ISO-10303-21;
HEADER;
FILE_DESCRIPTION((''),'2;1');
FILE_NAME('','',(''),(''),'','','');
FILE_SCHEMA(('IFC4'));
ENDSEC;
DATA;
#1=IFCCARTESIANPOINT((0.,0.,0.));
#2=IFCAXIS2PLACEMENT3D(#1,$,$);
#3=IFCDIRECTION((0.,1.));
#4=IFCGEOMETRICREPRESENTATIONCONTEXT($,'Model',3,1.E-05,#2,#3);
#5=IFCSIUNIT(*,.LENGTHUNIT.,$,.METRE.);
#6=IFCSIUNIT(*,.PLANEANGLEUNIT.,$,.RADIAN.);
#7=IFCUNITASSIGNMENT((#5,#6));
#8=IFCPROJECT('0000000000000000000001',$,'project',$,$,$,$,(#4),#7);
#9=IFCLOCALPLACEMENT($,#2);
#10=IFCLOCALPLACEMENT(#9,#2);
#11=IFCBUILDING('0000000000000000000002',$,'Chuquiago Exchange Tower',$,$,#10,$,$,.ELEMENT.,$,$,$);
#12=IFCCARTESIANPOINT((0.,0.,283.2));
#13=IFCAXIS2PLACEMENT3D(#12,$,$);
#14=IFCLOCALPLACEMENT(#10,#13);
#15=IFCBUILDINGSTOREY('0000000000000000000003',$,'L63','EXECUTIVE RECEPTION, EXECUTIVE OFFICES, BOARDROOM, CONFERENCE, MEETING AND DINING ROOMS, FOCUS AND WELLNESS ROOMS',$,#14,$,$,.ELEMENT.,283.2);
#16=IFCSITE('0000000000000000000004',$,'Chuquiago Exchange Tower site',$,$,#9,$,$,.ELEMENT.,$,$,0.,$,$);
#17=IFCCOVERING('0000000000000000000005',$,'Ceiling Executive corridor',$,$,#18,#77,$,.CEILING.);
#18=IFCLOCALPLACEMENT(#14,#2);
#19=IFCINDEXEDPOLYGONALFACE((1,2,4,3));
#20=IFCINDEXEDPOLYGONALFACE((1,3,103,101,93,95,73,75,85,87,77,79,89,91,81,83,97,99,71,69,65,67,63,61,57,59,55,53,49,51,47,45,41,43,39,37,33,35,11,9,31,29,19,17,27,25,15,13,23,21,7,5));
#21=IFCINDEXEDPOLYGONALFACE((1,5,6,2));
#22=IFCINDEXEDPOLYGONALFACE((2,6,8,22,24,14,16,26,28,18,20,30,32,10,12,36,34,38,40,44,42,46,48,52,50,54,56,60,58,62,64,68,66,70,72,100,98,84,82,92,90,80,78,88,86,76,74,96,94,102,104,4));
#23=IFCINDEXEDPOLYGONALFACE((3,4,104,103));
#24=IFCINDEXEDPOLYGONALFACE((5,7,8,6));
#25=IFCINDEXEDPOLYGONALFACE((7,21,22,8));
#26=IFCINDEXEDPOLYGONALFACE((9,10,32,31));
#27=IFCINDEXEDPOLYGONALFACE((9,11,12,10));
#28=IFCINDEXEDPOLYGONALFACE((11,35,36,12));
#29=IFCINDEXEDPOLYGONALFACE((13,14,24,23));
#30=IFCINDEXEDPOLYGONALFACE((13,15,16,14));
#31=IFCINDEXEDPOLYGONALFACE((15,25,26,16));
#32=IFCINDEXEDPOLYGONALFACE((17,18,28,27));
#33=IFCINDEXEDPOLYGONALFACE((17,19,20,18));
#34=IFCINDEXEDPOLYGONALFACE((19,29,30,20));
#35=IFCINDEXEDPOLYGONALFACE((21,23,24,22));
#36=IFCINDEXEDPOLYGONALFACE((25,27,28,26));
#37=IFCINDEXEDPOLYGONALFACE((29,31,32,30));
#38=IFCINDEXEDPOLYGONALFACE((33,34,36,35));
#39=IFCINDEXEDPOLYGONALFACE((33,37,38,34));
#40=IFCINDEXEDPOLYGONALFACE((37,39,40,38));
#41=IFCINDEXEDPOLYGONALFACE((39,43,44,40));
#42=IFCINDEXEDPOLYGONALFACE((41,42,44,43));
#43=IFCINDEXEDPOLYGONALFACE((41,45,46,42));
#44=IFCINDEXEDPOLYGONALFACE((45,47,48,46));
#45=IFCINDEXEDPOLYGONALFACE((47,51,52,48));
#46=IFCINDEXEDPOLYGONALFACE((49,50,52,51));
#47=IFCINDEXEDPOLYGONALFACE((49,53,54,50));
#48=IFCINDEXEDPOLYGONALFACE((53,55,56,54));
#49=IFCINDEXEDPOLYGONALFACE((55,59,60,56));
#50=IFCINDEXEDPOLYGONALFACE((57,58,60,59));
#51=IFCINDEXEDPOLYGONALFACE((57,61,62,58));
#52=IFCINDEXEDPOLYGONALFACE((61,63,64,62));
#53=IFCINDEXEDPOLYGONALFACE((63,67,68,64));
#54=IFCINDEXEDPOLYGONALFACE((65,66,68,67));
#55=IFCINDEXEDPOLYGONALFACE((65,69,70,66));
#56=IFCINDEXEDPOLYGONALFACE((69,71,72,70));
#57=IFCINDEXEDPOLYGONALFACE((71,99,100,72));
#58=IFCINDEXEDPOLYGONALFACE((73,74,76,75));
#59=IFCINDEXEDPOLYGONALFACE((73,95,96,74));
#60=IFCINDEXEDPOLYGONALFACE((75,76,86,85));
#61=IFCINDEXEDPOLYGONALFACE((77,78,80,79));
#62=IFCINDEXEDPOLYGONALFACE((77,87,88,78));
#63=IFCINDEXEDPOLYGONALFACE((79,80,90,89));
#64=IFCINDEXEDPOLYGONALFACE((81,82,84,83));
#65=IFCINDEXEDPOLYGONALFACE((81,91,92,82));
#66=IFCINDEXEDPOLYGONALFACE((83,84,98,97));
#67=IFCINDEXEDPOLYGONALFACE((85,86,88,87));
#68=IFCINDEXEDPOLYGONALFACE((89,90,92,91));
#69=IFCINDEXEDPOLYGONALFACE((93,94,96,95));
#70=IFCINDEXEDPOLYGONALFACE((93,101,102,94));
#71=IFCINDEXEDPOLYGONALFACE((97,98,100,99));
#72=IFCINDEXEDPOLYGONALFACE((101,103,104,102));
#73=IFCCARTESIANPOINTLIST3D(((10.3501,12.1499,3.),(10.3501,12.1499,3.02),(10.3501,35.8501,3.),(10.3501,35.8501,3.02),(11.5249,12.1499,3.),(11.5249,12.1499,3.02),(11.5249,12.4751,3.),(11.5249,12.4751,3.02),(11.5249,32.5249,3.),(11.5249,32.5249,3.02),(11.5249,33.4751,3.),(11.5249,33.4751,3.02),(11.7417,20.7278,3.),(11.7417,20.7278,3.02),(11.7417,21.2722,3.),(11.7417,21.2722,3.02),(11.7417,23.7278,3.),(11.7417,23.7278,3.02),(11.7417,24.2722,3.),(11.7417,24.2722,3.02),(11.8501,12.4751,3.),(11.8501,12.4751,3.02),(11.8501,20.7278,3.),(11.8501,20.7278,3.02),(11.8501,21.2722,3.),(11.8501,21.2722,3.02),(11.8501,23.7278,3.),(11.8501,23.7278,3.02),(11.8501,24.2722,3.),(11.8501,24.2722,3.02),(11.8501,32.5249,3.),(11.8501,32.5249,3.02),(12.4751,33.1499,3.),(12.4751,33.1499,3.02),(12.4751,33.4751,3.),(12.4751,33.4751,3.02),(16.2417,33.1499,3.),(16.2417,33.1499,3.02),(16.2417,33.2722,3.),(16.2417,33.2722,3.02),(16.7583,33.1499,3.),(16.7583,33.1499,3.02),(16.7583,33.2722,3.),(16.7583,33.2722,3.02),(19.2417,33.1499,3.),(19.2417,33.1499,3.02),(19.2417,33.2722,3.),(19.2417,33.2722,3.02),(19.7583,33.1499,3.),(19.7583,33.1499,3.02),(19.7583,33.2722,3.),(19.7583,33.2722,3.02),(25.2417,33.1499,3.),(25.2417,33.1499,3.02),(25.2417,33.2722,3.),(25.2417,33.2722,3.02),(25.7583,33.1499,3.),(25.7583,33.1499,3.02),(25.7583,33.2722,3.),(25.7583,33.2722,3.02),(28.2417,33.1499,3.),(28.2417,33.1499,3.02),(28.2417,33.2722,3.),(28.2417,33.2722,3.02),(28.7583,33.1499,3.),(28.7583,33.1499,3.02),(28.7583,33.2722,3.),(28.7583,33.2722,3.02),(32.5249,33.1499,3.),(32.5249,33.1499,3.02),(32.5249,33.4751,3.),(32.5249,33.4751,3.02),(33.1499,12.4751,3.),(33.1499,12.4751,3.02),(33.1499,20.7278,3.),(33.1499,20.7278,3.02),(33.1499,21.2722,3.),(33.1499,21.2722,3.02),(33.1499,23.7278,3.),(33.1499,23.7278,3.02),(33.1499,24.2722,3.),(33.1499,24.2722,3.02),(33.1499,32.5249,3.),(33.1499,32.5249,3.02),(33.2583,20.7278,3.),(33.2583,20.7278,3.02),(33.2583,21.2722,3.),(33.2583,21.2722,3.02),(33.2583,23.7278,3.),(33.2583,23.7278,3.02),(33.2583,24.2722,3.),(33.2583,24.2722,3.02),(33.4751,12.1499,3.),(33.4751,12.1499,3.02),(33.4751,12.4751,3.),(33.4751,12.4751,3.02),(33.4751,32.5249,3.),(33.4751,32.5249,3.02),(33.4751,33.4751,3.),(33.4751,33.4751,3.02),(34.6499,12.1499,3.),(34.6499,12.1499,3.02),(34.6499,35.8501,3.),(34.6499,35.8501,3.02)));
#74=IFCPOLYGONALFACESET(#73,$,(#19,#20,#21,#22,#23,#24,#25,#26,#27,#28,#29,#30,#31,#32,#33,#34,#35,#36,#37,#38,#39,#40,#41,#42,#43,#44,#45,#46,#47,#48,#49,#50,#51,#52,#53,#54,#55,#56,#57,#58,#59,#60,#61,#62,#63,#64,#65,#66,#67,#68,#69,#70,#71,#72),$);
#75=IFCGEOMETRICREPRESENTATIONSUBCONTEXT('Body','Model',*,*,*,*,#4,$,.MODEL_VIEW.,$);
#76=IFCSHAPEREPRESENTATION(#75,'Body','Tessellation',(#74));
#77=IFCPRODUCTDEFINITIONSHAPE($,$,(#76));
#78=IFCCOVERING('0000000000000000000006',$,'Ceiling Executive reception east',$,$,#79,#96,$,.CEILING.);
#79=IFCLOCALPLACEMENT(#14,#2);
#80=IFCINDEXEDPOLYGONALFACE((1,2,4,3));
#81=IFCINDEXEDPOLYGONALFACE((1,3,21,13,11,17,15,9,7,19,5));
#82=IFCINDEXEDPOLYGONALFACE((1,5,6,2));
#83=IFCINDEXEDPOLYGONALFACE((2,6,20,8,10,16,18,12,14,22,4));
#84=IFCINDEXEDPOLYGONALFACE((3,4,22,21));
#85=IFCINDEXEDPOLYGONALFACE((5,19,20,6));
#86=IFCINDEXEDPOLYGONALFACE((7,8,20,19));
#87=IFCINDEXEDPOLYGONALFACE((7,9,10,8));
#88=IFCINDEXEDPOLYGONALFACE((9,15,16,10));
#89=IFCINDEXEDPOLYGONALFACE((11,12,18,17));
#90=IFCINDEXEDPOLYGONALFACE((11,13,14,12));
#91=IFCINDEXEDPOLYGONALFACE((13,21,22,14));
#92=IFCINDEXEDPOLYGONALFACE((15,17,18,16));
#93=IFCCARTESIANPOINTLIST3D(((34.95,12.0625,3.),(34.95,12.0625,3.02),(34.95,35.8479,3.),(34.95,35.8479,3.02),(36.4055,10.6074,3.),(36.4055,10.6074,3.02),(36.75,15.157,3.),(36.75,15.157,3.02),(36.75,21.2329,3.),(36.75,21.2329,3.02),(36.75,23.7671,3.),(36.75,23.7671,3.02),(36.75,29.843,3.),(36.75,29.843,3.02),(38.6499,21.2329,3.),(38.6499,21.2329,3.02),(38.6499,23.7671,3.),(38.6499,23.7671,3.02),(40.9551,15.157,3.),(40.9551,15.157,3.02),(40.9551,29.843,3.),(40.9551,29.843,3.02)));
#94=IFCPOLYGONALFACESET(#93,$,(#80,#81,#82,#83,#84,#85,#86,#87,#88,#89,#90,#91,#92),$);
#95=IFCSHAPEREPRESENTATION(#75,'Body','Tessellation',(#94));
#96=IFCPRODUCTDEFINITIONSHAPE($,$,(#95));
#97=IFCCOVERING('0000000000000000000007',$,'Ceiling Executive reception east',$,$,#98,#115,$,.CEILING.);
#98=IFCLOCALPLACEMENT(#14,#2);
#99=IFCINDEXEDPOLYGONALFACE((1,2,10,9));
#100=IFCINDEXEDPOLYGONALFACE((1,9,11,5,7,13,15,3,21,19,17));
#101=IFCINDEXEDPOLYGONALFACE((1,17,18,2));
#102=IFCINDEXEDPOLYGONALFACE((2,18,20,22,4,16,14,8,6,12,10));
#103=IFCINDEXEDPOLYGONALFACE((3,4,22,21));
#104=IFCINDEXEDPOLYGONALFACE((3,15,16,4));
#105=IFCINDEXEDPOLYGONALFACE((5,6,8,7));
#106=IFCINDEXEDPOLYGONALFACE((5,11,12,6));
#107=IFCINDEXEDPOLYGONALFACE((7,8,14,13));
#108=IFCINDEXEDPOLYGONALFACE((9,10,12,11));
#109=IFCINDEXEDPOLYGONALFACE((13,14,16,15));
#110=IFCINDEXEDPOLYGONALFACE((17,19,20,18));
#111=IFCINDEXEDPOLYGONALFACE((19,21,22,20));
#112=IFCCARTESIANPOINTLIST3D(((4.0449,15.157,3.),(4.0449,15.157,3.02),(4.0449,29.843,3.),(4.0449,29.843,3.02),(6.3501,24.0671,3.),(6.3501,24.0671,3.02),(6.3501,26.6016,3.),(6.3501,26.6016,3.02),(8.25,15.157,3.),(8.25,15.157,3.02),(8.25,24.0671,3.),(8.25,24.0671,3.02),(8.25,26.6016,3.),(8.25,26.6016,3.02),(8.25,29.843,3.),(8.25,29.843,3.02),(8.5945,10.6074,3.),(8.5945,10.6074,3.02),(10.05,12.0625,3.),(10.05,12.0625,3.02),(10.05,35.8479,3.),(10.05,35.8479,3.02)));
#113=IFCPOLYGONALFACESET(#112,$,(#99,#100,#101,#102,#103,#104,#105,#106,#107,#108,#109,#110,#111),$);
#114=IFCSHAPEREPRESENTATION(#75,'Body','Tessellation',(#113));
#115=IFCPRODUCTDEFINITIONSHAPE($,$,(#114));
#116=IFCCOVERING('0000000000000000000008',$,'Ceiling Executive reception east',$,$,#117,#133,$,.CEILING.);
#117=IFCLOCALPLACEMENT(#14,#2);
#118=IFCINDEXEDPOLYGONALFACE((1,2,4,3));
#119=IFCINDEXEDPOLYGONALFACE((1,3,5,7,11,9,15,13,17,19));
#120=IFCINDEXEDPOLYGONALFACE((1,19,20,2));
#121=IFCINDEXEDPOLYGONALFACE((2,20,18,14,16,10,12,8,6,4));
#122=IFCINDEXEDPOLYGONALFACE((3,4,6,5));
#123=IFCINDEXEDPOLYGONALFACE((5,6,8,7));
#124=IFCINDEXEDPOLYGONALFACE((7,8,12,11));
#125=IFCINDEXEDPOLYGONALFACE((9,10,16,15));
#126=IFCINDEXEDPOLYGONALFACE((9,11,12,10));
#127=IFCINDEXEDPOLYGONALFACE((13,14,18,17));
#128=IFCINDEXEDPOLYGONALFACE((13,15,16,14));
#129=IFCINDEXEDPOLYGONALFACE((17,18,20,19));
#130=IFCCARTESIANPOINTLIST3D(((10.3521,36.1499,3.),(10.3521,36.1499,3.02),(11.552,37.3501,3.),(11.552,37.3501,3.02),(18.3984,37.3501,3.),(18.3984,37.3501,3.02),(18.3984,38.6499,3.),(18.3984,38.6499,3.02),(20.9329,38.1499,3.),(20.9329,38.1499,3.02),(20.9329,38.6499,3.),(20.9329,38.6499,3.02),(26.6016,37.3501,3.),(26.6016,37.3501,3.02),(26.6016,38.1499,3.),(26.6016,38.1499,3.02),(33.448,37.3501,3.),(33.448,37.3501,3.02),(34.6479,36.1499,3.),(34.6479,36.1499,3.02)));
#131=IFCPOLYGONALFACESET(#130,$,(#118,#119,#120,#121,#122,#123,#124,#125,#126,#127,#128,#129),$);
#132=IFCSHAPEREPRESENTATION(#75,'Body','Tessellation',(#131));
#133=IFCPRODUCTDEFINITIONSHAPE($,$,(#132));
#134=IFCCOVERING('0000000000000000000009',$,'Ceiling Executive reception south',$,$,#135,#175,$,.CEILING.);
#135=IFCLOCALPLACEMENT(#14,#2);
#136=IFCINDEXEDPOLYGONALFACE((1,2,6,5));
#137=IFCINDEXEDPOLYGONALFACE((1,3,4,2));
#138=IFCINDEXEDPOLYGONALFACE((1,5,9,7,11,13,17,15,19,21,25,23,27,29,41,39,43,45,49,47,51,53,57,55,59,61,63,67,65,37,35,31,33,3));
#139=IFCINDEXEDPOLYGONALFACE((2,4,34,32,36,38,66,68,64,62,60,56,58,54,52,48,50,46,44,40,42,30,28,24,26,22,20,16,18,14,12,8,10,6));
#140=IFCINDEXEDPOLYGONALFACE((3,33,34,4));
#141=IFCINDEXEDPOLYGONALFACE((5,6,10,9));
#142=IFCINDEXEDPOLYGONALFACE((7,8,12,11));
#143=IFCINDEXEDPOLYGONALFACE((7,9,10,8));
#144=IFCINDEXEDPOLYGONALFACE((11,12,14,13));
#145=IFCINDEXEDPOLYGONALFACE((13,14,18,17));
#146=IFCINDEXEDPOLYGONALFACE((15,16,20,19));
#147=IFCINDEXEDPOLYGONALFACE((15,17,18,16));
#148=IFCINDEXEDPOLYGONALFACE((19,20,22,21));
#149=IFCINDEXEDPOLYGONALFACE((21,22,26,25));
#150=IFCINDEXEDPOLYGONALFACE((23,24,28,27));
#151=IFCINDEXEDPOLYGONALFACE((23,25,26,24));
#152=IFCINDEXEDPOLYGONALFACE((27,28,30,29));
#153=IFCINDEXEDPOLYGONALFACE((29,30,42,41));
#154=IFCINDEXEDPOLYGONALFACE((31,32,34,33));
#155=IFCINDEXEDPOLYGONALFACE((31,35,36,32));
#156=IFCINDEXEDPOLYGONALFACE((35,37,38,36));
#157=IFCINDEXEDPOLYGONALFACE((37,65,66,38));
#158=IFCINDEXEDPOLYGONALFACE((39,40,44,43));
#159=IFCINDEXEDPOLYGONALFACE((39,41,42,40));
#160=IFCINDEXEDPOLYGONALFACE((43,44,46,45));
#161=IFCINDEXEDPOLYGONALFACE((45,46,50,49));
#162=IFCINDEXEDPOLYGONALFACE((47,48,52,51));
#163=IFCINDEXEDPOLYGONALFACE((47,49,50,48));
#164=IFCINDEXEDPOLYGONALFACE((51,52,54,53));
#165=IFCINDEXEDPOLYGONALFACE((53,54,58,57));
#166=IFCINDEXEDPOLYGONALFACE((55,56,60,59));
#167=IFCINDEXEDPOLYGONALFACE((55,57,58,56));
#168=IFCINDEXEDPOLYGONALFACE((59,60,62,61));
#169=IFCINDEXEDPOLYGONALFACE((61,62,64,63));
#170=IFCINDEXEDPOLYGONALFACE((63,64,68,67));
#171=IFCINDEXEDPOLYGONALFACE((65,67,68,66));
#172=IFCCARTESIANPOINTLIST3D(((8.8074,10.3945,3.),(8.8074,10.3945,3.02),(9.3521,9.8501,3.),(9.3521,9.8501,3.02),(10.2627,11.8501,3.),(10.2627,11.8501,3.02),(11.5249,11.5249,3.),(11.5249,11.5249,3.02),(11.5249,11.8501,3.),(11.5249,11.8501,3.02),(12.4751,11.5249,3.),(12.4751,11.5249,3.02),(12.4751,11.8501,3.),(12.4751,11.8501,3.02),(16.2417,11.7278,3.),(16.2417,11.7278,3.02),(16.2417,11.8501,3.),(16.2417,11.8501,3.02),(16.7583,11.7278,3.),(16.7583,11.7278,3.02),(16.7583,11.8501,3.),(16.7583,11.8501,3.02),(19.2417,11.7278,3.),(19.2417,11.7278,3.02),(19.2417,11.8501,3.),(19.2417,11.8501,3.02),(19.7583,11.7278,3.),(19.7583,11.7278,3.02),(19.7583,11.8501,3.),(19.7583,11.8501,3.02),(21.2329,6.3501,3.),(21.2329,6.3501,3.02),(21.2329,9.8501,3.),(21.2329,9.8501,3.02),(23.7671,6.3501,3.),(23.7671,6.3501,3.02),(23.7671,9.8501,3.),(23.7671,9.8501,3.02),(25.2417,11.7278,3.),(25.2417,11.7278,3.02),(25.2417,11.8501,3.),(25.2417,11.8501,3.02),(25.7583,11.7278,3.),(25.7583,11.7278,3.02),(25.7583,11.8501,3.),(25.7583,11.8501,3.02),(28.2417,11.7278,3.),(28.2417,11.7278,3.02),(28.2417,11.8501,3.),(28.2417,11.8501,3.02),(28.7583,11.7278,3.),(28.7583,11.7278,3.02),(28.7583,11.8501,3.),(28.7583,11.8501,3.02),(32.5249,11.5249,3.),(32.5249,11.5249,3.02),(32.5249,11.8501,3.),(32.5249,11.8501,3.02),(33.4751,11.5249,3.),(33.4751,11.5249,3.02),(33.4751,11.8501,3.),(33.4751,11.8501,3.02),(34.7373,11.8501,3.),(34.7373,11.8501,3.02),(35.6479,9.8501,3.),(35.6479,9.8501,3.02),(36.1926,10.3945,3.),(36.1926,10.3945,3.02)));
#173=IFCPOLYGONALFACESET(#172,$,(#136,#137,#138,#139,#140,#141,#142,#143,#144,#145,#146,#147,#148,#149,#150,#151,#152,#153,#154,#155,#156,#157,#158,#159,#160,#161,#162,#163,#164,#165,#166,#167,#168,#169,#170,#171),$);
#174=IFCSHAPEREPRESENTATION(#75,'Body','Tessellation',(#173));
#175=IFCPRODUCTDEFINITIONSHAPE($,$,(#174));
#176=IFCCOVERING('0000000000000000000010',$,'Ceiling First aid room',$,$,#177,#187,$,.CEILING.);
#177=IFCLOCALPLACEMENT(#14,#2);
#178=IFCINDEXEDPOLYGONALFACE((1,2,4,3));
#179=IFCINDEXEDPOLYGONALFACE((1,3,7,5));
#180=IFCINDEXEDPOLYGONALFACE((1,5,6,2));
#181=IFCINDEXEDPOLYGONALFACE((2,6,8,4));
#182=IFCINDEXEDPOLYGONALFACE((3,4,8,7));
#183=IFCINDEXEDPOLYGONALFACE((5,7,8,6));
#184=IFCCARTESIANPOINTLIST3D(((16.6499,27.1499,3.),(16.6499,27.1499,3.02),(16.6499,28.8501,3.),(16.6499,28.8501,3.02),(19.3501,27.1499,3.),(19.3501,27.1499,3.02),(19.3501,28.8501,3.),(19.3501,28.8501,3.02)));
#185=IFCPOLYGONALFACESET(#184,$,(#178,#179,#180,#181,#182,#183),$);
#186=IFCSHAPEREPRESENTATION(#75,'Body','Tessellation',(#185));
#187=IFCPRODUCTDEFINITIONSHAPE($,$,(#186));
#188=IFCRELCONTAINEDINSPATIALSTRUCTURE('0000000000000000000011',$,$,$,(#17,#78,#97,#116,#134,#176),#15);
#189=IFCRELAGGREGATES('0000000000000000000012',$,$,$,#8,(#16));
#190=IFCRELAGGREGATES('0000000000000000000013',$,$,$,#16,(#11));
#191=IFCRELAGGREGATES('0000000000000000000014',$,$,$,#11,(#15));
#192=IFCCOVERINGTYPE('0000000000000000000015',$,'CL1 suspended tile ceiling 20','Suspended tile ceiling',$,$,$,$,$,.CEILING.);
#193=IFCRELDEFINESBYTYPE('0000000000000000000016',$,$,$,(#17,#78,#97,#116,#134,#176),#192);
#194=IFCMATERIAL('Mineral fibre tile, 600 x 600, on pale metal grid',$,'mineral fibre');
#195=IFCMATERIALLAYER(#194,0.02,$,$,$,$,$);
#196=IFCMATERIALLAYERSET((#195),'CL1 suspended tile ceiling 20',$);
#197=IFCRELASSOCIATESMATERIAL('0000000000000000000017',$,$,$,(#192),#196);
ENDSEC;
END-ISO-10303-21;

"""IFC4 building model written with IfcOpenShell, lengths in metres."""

from ifc_helpers import new_model, si_unit, direction, frame, origin, place, context, subcontext, project, spatial, polyline, outline, extrude, material, layer, layer_set, type_object, element, save


model = new_model("IFC4")

# Units and contexts
model_context = context("Model", 3, precision=1e-05, world=origin(), true_north=direction((0.0, 1.0)))
body_context = subcontext(model_context, "Body", "Model", "MODEL_VIEW")
ifc_project = project(units=[si_unit("LENGTHUNIT", "METRE"), si_unit("PLANEANGLEUNIT", "RADIAN")], contexts=[model_context])

# Site, building, storey
site_placement = place(None, origin())
site = spatial("IfcSite", under=ifc_project, at=site_placement, Name="Chuquiago Exchange Tower site", CompositionType="ELEMENT", RefElevation=0.0)
building_placement = place(site_placement, origin())
building = spatial("IfcBuilding", under=site, at=building_placement, Name="Chuquiago Exchange Tower", CompositionType="ELEMENT")
storey_placement = place(building_placement, frame((0.0, 0.0, 283.2)))
storey = spatial("IfcBuildingStorey", under=building, at=storey_placement, Name="L63", Description="EXECUTIVE RECEPTION, EXECUTIVE OFFICES, BOARDROOM, CONFERENCE, MEETING AND DINING ROOMS, FOCUS AND WELLNESS ROOMS", CompositionType="ELEMENT", Elevation=283.2)

# Coverings
ifc_material_1 = material(Name="Mineral fibre tile, 600 x 600, on pale metal grid", Category="mineral fibre")
ifc_layer_1 = layer(ifc_material_1, 0.02)
ifc_layer_set_1 = layer_set([ifc_layer_1], Name="CL1 suspended tile ceiling 20")
covering_type_1 = type_object("IfcCoveringType", Name="CL1 suspended tile ceiling 20", Description="Suspended tile ceiling", PredefinedType="CEILING", material=ifc_layer_set_1)
covering_1_placement = place(storey_placement, frame((0.0, 0.0, 3.0)))
element("IfcCovering", 1, at=covering_1_placement, inside=storey, type_object=covering_type_1, Name="Ceiling Executive corridor", PredefinedType="CEILING", context=body_context, shape_type="SweptSolid", body=[
    extrude(outline(polyline([(10.3501, 12.1499), (10.3501, 35.8501), (34.6499, 35.8501), (34.6499, 12.1499), (33.4751, 12.1499), (33.4751, 12.4751), (33.1499, 12.4751), (33.1499, 20.7278), (33.2583, 20.7278), (33.2583, 21.2722), (33.1499, 21.2722), (33.1499, 23.7278), (33.2583, 23.7278), (33.2583, 24.2722), (33.1499, 24.2722), (33.1499, 32.5249), (33.4751, 32.5249), (33.4751, 33.4751), (32.5249, 33.4751), (32.5249, 33.1499), (28.7583, 33.1499), (28.7583, 33.2722), (28.2417, 33.2722), (28.2417, 33.1499), (25.7583, 33.1499), (25.7583, 33.2722), (25.2417, 33.2722), (25.2417, 33.1499), (19.7583, 33.1499), (19.7583, 33.2722), (19.2417, 33.2722), (19.2417, 33.1499), (16.7583, 33.1499), (16.7583, 33.2722), (16.2417, 33.2722), (16.2417, 33.1499), (12.4751, 33.1499), (12.4751, 33.4751), (11.5249, 33.4751), (11.5249, 32.5249), (11.8501, 32.5249), (11.8501, 24.2722), (11.7417, 24.2722), (11.7417, 23.7278), (11.8501, 23.7278), (11.8501, 21.2722), (11.7417, 21.2722), (11.7417, 20.7278), (11.8501, 20.7278), (11.8501, 12.4751), (11.5249, 12.4751), (11.5249, 12.1499), (10.3501, 12.1499)])), origin(), (0.0, 0.0, 1.0), 0.02),
])
covering_2_placement = place(storey_placement, frame((0.0, 0.0, 3.0)))
element("IfcCovering", 2, at=covering_2_placement, inside=storey, type_object=covering_type_1, Name="Ceiling Executive reception east", PredefinedType="CEILING", context=body_context, shape_type="SweptSolid", body=[
    extrude(outline(polyline([(40.9551, 29.843), (36.75, 29.843), (36.75, 23.7671), (38.6499, 23.7671), (38.6499, 21.2329), (36.75, 21.2329), (36.75, 15.157), (40.9551, 15.157), (36.4055, 10.6074), (34.95, 12.0625), (34.95, 35.8479), (40.9551, 29.843)])), origin(), (0.0, 0.0, 1.0), 0.02),
])
covering_3_placement = place(storey_placement, frame((0.0, 0.0, 3.0)))
element("IfcCovering", 3, at=covering_3_placement, inside=storey, type_object=covering_type_1, Name="Ceiling Executive reception east", PredefinedType="CEILING", context=body_context, shape_type="SweptSolid", body=[
    extrude(outline(polyline([(10.05, 35.8479), (10.05, 12.0625), (8.5945, 10.6074), (4.0449, 15.157), (8.25, 15.157), (8.25, 24.0671), (6.3501, 24.0671), (6.3501, 26.6016), (8.25, 26.6016), (8.25, 29.843), (4.0449, 29.843), (10.05, 35.8479)])), origin(), (0.0, 0.0, 1.0), 0.02),
])
covering_4_placement = place(storey_placement, frame((0.0, 0.0, 3.0)))
element("IfcCovering", 4, at=covering_4_placement, inside=storey, type_object=covering_type_1, Name="Ceiling Executive reception east", PredefinedType="CEILING", context=body_context, shape_type="SweptSolid", body=[
    extrude(outline(polyline([(11.552, 37.3501), (18.3984, 37.3501), (18.3984, 38.6499), (20.9329, 38.6499), (20.9329, 38.1499), (26.6016, 38.1499), (26.6016, 37.3501), (33.448, 37.3501), (34.6479, 36.1499), (10.3521, 36.1499), (11.552, 37.3501)])), origin(), (0.0, 0.0, 1.0), 0.02),
])
covering_5_placement = place(storey_placement, frame((0.0, 0.0, 3.0)))
element("IfcCovering", 5, at=covering_5_placement, inside=storey, type_object=covering_type_1, Name="Ceiling Executive reception south", PredefinedType="CEILING", context=body_context, shape_type="SweptSolid", body=[
    extrude(outline(polyline([(8.8074, 10.3945), (10.2627, 11.8501), (11.5249, 11.8501), (11.5249, 11.5249), (12.4751, 11.5249), (12.4751, 11.8501), (16.2417, 11.8501), (16.2417, 11.7278), (16.7583, 11.7278), (16.7583, 11.8501), (19.2417, 11.8501), (19.2417, 11.7278), (19.7583, 11.7278), (19.7583, 11.8501), (25.2417, 11.8501), (25.2417, 11.7278), (25.7583, 11.7278), (25.7583, 11.8501), (28.2417, 11.8501), (28.2417, 11.7278), (28.7583, 11.7278), (28.7583, 11.8501), (32.5249, 11.8501), (32.5249, 11.5249), (33.4751, 11.5249), (33.4751, 11.8501), (34.7373, 11.8501), (36.1926, 10.3945), (35.6479, 9.8501), (23.7671, 9.8501), (23.7671, 6.3501), (21.2329, 6.3501), (21.2329, 9.8501), (9.3521, 9.8501), (8.8074, 10.3945)])), origin(), (0.0, 0.0, 1.0), 0.02),
])
covering_6_placement = place(storey_placement, frame((0.0, 0.0, 3.0)))
element("IfcCovering", 6, at=covering_6_placement, inside=storey, type_object=covering_type_1, Name="Ceiling First aid room", PredefinedType="CEILING", context=body_context, shape_type="SweptSolid", body=[
    extrude(outline(polyline([(16.6499, 27.1499), (16.6499, 28.8501), (19.3501, 28.8501), (19.3501, 27.1499), (16.6499, 27.1499)])), origin(), (0.0, 0.0, 1.0), 0.02),
])

save(model, "model.ifc")
